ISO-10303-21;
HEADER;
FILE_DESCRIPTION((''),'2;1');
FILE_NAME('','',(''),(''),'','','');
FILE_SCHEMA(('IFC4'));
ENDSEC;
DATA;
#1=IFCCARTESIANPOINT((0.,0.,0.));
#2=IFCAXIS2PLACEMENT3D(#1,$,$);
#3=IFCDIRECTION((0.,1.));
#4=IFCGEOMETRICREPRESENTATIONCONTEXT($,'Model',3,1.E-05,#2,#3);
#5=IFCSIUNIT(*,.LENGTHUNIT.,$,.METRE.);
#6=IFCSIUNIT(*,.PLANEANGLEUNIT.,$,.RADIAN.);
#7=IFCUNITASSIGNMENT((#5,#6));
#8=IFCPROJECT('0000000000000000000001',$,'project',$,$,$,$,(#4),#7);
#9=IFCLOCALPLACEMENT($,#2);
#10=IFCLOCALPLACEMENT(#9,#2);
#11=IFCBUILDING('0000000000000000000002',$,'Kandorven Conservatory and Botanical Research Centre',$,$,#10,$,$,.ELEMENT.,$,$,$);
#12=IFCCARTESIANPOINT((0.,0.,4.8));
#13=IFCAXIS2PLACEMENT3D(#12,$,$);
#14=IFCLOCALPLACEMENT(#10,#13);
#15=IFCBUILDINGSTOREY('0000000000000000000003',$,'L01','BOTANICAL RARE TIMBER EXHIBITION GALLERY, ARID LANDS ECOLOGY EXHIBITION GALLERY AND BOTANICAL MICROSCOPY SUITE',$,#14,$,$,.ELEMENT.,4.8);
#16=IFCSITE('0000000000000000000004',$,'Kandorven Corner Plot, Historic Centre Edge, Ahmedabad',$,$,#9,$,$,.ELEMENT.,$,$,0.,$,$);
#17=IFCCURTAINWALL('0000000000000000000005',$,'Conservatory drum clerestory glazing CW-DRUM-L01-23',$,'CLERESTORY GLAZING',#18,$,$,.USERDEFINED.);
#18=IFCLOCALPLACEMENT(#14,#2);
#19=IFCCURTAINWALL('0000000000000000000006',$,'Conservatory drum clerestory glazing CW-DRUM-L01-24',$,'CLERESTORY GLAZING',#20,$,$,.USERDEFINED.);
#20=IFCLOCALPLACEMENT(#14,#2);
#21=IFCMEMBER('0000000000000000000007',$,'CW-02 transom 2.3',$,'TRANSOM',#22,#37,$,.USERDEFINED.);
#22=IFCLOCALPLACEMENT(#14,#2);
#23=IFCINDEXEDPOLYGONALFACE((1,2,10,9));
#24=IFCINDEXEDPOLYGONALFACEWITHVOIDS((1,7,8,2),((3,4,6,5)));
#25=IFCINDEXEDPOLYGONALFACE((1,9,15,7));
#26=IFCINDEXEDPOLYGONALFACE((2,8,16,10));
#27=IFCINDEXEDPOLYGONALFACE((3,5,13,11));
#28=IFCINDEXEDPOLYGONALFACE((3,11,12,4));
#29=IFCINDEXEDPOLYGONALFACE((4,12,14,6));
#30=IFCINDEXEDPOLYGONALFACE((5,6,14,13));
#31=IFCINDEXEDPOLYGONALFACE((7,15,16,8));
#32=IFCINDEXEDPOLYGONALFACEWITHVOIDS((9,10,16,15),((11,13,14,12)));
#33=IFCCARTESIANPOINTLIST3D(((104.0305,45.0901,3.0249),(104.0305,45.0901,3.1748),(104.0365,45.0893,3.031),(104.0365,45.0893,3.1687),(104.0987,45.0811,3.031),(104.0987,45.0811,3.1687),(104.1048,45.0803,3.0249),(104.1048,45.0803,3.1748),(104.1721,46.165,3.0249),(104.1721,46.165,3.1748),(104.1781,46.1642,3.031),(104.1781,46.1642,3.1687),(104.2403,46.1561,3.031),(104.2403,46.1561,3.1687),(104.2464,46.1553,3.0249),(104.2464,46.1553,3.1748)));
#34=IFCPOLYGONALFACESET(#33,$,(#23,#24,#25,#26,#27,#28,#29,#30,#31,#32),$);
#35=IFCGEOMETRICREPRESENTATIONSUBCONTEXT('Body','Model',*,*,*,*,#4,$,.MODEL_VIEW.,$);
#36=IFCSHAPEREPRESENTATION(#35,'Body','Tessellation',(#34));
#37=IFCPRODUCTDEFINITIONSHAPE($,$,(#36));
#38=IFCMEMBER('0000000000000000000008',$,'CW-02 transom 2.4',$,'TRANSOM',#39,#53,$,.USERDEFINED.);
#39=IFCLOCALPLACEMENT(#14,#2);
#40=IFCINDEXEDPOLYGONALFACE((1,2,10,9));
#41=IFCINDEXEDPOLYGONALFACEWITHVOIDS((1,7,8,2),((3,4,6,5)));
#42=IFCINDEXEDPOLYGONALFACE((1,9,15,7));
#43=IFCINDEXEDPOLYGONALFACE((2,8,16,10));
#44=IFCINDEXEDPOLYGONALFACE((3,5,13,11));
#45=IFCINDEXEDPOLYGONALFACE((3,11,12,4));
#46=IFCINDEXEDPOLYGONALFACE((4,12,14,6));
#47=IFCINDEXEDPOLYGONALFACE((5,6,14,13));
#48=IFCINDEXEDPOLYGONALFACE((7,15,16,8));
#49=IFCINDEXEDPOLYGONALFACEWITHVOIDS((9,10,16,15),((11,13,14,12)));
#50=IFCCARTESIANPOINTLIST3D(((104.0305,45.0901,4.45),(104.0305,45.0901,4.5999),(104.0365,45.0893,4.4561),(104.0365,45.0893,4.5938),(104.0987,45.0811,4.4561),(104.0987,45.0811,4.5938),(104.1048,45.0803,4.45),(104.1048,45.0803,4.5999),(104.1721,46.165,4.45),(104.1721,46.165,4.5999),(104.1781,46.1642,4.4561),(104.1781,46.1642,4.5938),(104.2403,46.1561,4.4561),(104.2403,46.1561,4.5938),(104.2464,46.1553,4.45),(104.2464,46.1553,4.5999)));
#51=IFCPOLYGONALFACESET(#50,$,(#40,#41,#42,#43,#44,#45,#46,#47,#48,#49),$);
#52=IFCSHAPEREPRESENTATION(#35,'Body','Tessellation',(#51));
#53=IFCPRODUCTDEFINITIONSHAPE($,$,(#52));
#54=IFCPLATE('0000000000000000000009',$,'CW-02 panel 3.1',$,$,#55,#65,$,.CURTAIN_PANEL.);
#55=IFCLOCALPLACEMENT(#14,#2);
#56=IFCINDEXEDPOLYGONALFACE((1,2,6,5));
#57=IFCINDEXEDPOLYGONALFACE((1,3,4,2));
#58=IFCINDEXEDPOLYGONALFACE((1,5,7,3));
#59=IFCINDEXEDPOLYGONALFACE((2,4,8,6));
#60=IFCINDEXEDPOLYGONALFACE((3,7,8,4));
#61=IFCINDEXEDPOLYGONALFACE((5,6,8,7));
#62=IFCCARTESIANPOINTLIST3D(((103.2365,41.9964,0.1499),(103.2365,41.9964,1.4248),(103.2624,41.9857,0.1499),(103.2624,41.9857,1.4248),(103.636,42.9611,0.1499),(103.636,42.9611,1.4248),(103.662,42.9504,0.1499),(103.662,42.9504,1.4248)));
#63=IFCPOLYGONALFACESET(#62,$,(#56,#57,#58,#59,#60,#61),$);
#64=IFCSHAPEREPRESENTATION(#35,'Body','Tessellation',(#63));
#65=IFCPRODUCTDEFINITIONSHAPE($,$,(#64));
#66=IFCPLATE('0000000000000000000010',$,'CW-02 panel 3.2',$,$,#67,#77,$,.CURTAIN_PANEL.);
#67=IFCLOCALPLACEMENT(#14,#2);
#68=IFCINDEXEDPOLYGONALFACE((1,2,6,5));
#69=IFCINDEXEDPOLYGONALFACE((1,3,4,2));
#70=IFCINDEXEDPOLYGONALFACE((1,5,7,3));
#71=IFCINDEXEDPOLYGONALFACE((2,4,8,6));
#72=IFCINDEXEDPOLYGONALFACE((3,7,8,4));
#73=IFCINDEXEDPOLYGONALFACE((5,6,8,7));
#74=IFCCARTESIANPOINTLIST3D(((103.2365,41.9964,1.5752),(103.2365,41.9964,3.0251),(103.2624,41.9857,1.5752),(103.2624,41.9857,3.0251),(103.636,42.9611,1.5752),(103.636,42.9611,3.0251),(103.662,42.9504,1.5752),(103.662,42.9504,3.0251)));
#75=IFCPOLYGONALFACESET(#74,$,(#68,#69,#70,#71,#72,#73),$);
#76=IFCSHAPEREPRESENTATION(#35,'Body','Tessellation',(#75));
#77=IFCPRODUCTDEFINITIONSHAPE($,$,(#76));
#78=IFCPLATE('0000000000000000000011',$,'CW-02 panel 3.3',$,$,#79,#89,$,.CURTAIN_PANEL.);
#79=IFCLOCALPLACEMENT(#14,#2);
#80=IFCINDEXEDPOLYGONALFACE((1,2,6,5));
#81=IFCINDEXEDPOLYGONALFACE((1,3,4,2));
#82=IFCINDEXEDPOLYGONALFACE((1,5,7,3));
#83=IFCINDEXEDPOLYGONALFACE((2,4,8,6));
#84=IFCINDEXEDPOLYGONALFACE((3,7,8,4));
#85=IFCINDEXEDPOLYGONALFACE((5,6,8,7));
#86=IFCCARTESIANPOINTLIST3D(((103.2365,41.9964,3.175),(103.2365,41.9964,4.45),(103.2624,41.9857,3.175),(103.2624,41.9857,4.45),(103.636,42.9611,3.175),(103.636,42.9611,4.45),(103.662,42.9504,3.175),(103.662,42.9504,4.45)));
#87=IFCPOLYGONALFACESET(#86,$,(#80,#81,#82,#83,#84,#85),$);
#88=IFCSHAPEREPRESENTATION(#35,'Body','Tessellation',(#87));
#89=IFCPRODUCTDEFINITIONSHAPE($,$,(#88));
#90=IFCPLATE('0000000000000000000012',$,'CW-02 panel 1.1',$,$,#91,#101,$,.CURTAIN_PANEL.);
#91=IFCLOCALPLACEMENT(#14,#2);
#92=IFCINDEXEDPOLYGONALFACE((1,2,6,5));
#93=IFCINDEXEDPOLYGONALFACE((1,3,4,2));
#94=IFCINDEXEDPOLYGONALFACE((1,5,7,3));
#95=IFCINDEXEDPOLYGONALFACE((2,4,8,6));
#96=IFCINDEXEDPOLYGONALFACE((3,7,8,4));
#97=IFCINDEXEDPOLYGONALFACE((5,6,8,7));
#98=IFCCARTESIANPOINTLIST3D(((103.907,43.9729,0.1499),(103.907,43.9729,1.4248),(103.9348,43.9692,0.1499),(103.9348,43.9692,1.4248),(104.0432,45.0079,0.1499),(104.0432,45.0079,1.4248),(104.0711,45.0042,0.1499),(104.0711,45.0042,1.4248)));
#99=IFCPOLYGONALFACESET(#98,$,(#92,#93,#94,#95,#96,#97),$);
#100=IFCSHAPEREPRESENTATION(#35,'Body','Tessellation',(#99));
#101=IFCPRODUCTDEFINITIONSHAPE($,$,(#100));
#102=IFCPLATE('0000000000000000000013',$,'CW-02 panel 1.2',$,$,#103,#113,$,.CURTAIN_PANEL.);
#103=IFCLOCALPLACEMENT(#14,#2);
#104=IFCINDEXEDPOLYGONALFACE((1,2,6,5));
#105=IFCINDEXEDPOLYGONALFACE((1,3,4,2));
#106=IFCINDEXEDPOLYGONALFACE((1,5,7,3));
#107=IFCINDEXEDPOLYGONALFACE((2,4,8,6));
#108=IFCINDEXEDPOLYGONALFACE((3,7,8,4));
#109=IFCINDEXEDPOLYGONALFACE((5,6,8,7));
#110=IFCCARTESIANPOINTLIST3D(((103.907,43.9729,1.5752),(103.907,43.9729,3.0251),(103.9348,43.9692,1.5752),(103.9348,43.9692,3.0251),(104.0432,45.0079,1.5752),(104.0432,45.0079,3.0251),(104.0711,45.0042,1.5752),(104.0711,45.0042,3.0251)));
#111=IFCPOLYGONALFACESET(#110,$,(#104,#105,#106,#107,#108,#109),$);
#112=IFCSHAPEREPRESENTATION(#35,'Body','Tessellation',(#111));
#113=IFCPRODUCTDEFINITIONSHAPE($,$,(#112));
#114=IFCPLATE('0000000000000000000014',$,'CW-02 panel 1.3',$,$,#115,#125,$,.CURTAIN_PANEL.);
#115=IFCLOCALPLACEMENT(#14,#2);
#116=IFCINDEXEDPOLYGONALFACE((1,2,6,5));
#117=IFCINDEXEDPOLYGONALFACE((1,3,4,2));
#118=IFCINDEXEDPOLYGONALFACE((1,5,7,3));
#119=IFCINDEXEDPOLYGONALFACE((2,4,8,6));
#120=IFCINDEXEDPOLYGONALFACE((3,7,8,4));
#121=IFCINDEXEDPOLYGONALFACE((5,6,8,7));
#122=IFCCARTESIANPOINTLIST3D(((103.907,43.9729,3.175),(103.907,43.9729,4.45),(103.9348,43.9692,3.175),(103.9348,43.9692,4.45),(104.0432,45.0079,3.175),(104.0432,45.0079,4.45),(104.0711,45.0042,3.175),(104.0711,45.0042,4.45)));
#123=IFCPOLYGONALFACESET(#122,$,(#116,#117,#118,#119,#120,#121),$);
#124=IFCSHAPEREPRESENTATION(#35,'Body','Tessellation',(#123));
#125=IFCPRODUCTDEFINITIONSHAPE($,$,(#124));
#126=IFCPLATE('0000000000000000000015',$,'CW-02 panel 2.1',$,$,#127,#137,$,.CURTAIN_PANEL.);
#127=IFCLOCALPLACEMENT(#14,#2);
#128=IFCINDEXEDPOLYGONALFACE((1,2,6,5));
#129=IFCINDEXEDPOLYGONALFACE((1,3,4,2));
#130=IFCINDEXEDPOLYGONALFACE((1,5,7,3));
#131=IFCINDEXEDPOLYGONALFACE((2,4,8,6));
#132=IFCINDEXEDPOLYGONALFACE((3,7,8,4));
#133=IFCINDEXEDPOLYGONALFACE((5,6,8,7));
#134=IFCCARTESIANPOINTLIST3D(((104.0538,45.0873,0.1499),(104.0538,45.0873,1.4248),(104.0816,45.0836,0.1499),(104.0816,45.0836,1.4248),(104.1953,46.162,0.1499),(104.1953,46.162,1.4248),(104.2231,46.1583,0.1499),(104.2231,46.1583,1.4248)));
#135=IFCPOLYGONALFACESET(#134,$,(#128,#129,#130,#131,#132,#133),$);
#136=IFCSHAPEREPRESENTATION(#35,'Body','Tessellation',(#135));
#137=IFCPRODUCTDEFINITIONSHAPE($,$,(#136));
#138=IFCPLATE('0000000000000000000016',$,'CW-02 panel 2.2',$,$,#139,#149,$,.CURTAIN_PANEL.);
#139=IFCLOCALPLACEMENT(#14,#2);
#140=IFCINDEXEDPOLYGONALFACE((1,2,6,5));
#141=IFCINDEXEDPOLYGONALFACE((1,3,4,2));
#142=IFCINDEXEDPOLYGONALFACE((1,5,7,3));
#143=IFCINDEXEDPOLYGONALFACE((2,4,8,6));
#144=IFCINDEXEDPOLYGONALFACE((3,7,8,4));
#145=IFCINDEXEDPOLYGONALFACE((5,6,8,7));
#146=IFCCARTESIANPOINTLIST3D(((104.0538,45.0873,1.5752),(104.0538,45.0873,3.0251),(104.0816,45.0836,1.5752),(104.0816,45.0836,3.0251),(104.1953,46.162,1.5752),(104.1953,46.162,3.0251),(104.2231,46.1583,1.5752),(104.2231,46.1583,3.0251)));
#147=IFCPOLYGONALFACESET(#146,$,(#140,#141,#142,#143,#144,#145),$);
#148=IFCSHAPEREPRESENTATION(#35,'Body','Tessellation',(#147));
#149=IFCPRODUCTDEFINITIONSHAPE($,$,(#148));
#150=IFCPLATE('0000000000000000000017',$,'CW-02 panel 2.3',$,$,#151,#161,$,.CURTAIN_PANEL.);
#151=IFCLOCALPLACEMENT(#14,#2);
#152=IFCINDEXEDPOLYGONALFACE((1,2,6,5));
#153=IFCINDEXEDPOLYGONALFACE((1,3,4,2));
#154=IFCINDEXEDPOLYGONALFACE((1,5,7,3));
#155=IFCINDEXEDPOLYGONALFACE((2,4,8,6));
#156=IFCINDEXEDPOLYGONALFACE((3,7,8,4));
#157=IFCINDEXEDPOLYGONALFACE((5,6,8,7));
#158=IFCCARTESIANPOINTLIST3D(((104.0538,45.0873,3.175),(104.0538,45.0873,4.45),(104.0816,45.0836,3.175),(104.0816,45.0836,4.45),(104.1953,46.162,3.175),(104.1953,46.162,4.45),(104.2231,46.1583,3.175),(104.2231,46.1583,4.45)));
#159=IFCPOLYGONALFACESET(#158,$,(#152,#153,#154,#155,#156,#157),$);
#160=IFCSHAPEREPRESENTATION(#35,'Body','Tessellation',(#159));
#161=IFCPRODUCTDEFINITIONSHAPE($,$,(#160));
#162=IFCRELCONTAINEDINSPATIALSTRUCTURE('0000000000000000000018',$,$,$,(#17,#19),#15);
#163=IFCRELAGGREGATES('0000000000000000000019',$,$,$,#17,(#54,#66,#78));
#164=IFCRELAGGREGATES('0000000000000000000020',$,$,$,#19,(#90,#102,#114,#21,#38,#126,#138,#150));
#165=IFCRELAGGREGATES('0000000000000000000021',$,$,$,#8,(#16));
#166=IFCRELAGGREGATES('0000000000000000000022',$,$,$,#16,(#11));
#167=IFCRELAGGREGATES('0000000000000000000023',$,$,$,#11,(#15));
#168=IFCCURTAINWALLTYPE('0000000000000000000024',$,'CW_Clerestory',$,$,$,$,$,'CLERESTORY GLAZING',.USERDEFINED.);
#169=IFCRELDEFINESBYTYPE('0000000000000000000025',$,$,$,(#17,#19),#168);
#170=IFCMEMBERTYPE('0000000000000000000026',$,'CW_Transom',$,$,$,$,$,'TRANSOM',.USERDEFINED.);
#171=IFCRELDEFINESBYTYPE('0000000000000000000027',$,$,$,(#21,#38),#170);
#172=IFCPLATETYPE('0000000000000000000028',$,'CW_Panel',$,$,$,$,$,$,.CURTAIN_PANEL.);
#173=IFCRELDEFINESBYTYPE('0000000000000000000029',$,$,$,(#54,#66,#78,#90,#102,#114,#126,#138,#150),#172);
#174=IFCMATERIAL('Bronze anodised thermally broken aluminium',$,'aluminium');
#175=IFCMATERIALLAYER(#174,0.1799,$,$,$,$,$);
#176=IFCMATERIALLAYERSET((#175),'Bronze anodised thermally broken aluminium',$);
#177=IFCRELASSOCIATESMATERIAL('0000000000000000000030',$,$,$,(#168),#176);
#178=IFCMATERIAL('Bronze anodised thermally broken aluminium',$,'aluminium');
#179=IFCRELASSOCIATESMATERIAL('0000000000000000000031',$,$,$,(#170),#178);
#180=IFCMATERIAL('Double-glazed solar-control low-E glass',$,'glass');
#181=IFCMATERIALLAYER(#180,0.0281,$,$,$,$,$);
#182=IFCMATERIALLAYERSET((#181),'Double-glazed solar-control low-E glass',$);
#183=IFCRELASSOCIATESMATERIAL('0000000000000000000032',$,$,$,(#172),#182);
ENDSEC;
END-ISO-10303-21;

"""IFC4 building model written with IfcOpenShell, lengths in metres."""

from ifc_helpers import new_model, si_unit, direction, frame, origin, origin_2d, place, context, subcontext, project, spatial, rectangle, hollow_rectangle, extrude, material, layer, layer_set, material_profile, profile_set, type_object, element, aggregate, save


model = new_model("IFC4")

# Units and contexts
model_context = context("Model", 3, precision=1e-05, world=origin(), true_north=direction((0.0, 1.0)))
body_context = subcontext(model_context, "Body", "Model", "MODEL_VIEW")
ifc_project = project(units=[si_unit("LENGTHUNIT", "METRE"), si_unit("PLANEANGLEUNIT", "RADIAN")], contexts=[model_context])

# Site, building, storey
site_placement = place(None, origin())
site = spatial("IfcSite", under=ifc_project, at=site_placement, Name="Kandorven Corner Plot, Historic Centre Edge, Ahmedabad", CompositionType="ELEMENT", RefElevation=0.0)
building_placement = place(site_placement, origin())
building = spatial("IfcBuilding", under=site, at=building_placement, Name="Kandorven Conservatory and Botanical Research Centre", CompositionType="ELEMENT")
storey_placement = place(building_placement, frame((0.0, 0.0, 4.8)))
storey = spatial("IfcBuildingStorey", under=building, at=storey_placement, Name="L01", Description="BOTANICAL RARE TIMBER EXHIBITION GALLERY, ARID LANDS ECOLOGY EXHIBITION GALLERY AND BOTANICAL MICROSCOPY SUITE", CompositionType="ELEMENT", Elevation=4.8)

# Curtain wall
ifc_material_1 = material(Name="Bronze anodised thermally broken aluminium", Category="aluminium")
ifc_layer_1 = layer(ifc_material_1, 0.1799)
ifc_layer_set_1 = layer_set([ifc_layer_1], Name="Bronze anodised thermally broken aluminium")
curtain_wall_type = type_object("IfcCurtainWallType", Name="CW_Clerestory", ElementType="CLERESTORY GLAZING", PredefinedType="USERDEFINED", material=ifc_layer_set_1)
curtain_wall_1_placement = place(storey_placement, origin())
curtain_wall_1 = element("IfcCurtainWall", 1, at=curtain_wall_1_placement, inside=storey, type_object=curtain_wall_type, Name="Conservatory drum clerestory glazing CW-DRUM-L01-23", ObjectType="CLERESTORY GLAZING", PredefinedType="USERDEFINED")

# Curtain wall
curtain_wall_2_placement = place(storey_placement, origin())
curtain_wall_2 = element("IfcCurtainWall", 2, at=curtain_wall_2_placement, inside=storey, type_object=curtain_wall_type, Name="Conservatory drum clerestory glazing CW-DRUM-L01-24", ObjectType="CLERESTORY GLAZING", PredefinedType="USERDEFINED")

# Members
ifc_material_2 = material(Name="Bronze anodised thermally broken aluminium", Category="aluminium")
ifc_material_profile_1 = material_profile(ifc_material_2, hollow_rectangle(XDim=0.075, YDim=0.1499, WallThickness=0.0061, at=origin_2d()))
ifc_profile_set_1 = profile_set([ifc_material_profile_1], Name="Bronze anodised thermally broken aluminium")
member_type_1 = type_object("IfcMemberType", Name="CW_Transom", ElementType="TRANSOM", PredefinedType="USERDEFINED", material=ifc_profile_set_1)
member_1_placement = place(storey_placement, frame((104.0676, 45.0852, 3.0999), z_axis=(0.1306, 0.991435, 0.0), x_axis=(-0.991435, 0.1306, 0.0)))
member_1 = element("IfcMember", 3, at=member_1_placement, type_object=member_type_1, Name="CW-02 transom 2.3", ObjectType="TRANSOM", PredefinedType="USERDEFINED", context=body_context, shape_type="SweptSolid", body=[
    extrude(hollow_rectangle(XDim=0.075, YDim=0.1499, WallThickness=0.0061, at=origin_2d()), origin(), (0.0, 0.0, 1.0), 1.0842),
])
member_2_placement = place(storey_placement, frame((104.0676, 45.0852, 4.5249), z_axis=(0.1306, 0.991435, 0.0), x_axis=(-0.991435, 0.1306, 0.0)))
member_2 = element("IfcMember", 4, at=member_2_placement, type_object=member_type_1, Name="CW-02 transom 2.4", ObjectType="TRANSOM", PredefinedType="USERDEFINED", context=body_context, shape_type="SweptSolid", body=[
    extrude(hollow_rectangle(XDim=0.075, YDim=0.1499, WallThickness=0.0061, at=origin_2d()), origin(), (0.0, 0.0, 1.0), 1.0842),
])

# Plates
ifc_material_3 = material(Name="Double-glazed solar-control low-E glass", Category="glass")
ifc_layer_2 = layer(ifc_material_3, 0.0281)
ifc_layer_set_2 = layer_set([ifc_layer_2], Name="Double-glazed solar-control low-E glass")
plate_type = type_object("IfcPlateType", Name="CW_Panel", PredefinedType="CURTAIN_PANEL", material=ifc_layer_set_2)
plate_1_placement = place(storey_placement, frame((103.4492, 42.4734, 0.1499), z_axis=(0.0, 0.0, 1.0), x_axis=(0.382669, 0.923886, 0.0)))
plate_1 = element("IfcPlate", 5, at=plate_1_placement, type_object=plate_type, Name="CW-02 panel 3.1", PredefinedType="CURTAIN_PANEL", context=body_context, shape_type="SweptSolid", body=[
    extrude(rectangle(XDim=1.0442, YDim=0.0281, at=origin_2d()), origin(), (0.0, 0.0, 1.0), 1.2749),
])
plate_2_placement = place(storey_placement, frame((103.4492, 42.4734, 1.5752), z_axis=(0.0, 0.0, 1.0), x_axis=(0.382669, 0.923886, 0.0)))
plate_2 = element("IfcPlate", 6, at=plate_2_placement, type_object=plate_type, Name="CW-02 panel 3.2", PredefinedType="CURTAIN_PANEL", context=body_context, shape_type="SweptSolid", body=[
    extrude(rectangle(XDim=1.0442, YDim=0.0281, at=origin_2d()), origin(), (0.0, 0.0, 1.0), 1.45),
])
plate_3_placement = place(storey_placement, frame((103.4492, 42.4734, 3.175), z_axis=(0.0, 0.0, 1.0), x_axis=(0.382669, 0.923886, 0.0)))
plate_3 = element("IfcPlate", 7, at=plate_3_placement, type_object=plate_type, Name="CW-02 panel 3.3", PredefinedType="CURTAIN_PANEL", context=body_context, shape_type="SweptSolid", body=[
    extrude(rectangle(XDim=1.0442, YDim=0.0281, at=origin_2d()), origin(), (0.0, 0.0, 1.0), 1.2749),
])
aggregate(curtain_wall_1, [plate_1, plate_2, plate_3])
plate_4_placement = place(storey_placement, frame((103.989, 44.4885, 0.1499), z_axis=(0.0, 0.0, 1.0), x_axis=(0.130552, 0.991441, 0.0)))
plate_4 = element("IfcPlate", 8, at=plate_4_placement, type_object=plate_type, Name="CW-02 panel 1.1", PredefinedType="CURTAIN_PANEL", context=body_context, shape_type="SweptSolid", body=[
    extrude(rectangle(XDim=1.0439, YDim=0.0281, at=origin_2d()), origin(), (0.0, 0.0, 1.0), 1.2749),
])
plate_5_placement = place(storey_placement, frame((103.989, 44.4885, 1.5752), z_axis=(0.0, 0.0, 1.0), x_axis=(0.130552, 0.991441, 0.0)))
plate_5 = element("IfcPlate", 9, at=plate_5_placement, type_object=plate_type, Name="CW-02 panel 1.2", PredefinedType="CURTAIN_PANEL", context=body_context, shape_type="SweptSolid", body=[
    extrude(rectangle(XDim=1.0439, YDim=0.0281, at=origin_2d()), origin(), (0.0, 0.0, 1.0), 1.45),
])
plate_6_placement = place(storey_placement, frame((103.989, 44.4885, 3.175), z_axis=(0.0, 0.0, 1.0), x_axis=(0.130552, 0.991441, 0.0)))
plate_6 = element("IfcPlate", 10, at=plate_6_placement, type_object=plate_type, Name="CW-02 panel 1.3", PredefinedType="CURTAIN_PANEL", context=body_context, shape_type="SweptSolid", body=[
    extrude(rectangle(XDim=1.0439, YDim=0.0281, at=origin_2d()), origin(), (0.0, 0.0, 1.0), 1.2749),
])
plate_7_placement = place(storey_placement, frame((104.1384, 45.6228, 0.1499), z_axis=(0.0, 0.0, 1.0), x_axis=(0.130552, 0.991441, 0.0)))
plate_7 = element("IfcPlate", 11, at=plate_7_placement, type_object=plate_type, Name="CW-02 panel 2.1", PredefinedType="CURTAIN_PANEL", context=body_context, shape_type="SweptSolid", body=[
    extrude(rectangle(XDim=1.084, YDim=0.0281, at=origin_2d()), origin(), (0.0, 0.0, 1.0), 1.2749),
])
plate_8_placement = place(storey_placement, frame((104.1384, 45.6228, 1.5752), z_axis=(0.0, 0.0, 1.0), x_axis=(0.130552, 0.991441, 0.0)))
plate_8 = element("IfcPlate", 12, at=plate_8_placement, type_object=plate_type, Name="CW-02 panel 2.2", PredefinedType="CURTAIN_PANEL", context=body_context, shape_type="SweptSolid", body=[
    extrude(rectangle(XDim=1.084, YDim=0.0281, at=origin_2d()), origin(), (0.0, 0.0, 1.0), 1.45),
])
plate_9_placement = place(storey_placement, frame((104.1384, 45.6228, 3.175), z_axis=(0.0, 0.0, 1.0), x_axis=(0.130552, 0.991441, 0.0)))
plate_9 = element("IfcPlate", 13, at=plate_9_placement, type_object=plate_type, Name="CW-02 panel 2.3", PredefinedType="CURTAIN_PANEL", context=body_context, shape_type="SweptSolid", body=[
    extrude(rectangle(XDim=1.084, YDim=0.0281, at=origin_2d()), origin(), (0.0, 0.0, 1.0), 1.2749),
])
aggregate(curtain_wall_2, [plate_4, plate_5, plate_6, member_1, member_2, plate_7, plate_8, plate_9])

save(model, "model.ifc")
